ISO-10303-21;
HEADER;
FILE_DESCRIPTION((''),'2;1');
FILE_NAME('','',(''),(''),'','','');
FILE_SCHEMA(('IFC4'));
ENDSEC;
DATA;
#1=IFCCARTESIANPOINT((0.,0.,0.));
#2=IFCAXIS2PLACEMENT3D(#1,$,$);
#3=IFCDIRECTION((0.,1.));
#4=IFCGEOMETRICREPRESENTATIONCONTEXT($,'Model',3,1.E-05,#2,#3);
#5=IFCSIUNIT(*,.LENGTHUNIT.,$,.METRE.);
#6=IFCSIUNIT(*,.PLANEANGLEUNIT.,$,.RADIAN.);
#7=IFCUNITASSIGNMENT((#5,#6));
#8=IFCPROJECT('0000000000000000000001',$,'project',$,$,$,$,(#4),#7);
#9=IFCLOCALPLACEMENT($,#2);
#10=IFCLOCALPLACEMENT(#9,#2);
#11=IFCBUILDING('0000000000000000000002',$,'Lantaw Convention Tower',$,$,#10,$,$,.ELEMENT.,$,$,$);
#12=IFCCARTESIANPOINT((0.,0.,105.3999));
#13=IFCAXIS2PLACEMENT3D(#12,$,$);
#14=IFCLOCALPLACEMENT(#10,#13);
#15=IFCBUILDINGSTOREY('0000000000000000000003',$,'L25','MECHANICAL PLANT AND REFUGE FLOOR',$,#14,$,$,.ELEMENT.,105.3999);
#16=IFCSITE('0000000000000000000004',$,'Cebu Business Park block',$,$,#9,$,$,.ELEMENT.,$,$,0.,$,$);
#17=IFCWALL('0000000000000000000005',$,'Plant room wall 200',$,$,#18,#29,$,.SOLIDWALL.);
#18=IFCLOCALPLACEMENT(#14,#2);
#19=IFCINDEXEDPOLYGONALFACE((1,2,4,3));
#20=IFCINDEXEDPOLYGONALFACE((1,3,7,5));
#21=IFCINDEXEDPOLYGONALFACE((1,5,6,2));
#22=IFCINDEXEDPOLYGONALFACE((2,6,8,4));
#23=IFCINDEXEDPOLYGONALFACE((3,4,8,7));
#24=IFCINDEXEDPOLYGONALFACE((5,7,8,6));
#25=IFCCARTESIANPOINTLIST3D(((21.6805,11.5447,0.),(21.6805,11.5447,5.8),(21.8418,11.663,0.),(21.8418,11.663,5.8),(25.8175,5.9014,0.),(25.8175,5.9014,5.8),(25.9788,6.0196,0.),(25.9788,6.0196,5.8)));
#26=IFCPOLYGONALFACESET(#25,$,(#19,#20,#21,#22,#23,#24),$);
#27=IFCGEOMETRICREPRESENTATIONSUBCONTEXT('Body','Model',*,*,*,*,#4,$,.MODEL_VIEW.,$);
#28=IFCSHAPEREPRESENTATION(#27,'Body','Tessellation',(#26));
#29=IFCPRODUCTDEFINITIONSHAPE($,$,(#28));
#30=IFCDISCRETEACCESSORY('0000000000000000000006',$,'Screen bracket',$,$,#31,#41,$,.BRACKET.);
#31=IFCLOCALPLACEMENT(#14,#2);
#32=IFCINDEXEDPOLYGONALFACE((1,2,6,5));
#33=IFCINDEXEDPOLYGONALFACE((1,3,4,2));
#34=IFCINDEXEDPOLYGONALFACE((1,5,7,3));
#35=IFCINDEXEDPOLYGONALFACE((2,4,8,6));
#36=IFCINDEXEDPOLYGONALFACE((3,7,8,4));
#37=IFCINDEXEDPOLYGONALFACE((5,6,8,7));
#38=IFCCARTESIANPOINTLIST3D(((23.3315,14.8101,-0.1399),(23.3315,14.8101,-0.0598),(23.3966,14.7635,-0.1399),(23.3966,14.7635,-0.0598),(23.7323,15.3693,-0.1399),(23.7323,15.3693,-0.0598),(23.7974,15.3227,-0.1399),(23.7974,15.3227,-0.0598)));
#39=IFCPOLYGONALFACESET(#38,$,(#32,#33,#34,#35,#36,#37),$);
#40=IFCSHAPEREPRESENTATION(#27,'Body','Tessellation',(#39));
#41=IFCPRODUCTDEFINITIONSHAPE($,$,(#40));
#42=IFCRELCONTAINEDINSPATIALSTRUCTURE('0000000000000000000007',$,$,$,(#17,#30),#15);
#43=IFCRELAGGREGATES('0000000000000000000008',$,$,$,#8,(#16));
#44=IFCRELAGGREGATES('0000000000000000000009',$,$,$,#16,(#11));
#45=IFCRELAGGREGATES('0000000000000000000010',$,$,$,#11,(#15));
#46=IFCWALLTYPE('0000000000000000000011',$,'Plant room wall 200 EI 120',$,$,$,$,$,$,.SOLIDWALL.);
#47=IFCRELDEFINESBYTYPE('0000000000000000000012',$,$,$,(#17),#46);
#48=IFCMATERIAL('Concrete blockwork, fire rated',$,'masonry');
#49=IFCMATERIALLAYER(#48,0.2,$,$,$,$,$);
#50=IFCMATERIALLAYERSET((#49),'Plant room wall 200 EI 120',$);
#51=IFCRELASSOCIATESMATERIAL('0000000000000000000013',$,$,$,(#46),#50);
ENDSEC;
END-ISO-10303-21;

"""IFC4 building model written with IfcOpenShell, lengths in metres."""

from ifc_helpers import new_model, si_unit, direction, frame, frame_2d, origin, origin_2d, place, context, subcontext, project, spatial, rectangle, extrude, material, layer, layer_set, type_object, element, save


model = new_model("IFC4")

# Units and contexts
model_context = context("Model", 3, precision=1e-05, world=origin(), true_north=direction((0.0, 1.0)))
body_context = subcontext(model_context, "Body", "Model", "MODEL_VIEW")
ifc_project = project(units=[si_unit("LENGTHUNIT", "METRE"), si_unit("PLANEANGLEUNIT", "RADIAN")], contexts=[model_context])

# Site, building, storey
site_placement = place(None, origin())
site = spatial("IfcSite", under=ifc_project, at=site_placement, Name="Cebu Business Park block", CompositionType="ELEMENT", RefElevation=0.0)
building_placement = place(site_placement, origin())
building = spatial("IfcBuilding", under=site, at=building_placement, Name="Lantaw Convention Tower", CompositionType="ELEMENT")
storey_placement = place(building_placement, frame((0.0, 0.0, 105.3999)))
storey = spatial("IfcBuildingStorey", under=building, at=storey_placement, Name="L25", Description="MECHANICAL PLANT AND REFUGE FLOOR", CompositionType="ELEMENT", Elevation=105.3999)

# Wall
ifc_material_1 = material(Name="Concrete blockwork, fire rated", Category="masonry")
ifc_layer_1 = layer(ifc_material_1, 0.2)
ifc_layer_set_1 = layer_set([ifc_layer_1], Name="Plant room wall 200 EI 120")
wall_type = type_object("IfcWallType", Name="Plant room wall 200 EI 120", PredefinedType="SOLIDWALL", material=ifc_layer_set_1)
wall_placement = place(storey_placement, frame((21.7612, 11.6038, 0.0), z_axis=(0.0, 0.0, 1.0), x_axis=(0.591228, -0.806505, 0.0)))
element("IfcWall", 1, at=wall_placement, inside=storey, type_object=wall_type, Name="Plant room wall 200", PredefinedType="SOLIDWALL", context=body_context, shape_type="SweptSolid", body=[
    extrude(rectangle(XDim=6.9973, YDim=0.2, at=frame_2d((3.4985, 0.0))), origin(), (0.0, 0.0, 1.0), 5.8),
])

# Discrete accessory
discrete_accessory_placement = place(storey_placement, frame((23.5645, 15.0664, -0.1399), z_axis=(0.0, 0.0, 1.0), x_axis=(-0.812804, 0.582538, 0.0)))
element("IfcDiscreteAccessory", 2, at=discrete_accessory_placement, inside=storey, Name="Screen bracket", PredefinedType="BRACKET", context=body_context, shape_type="SweptSolid", body=[
    extrude(rectangle(XDim=0.0801, YDim=0.688, at=origin_2d()), origin(), (0.0, 0.0, 1.0), 0.0801),
])

save(model, "model.ifc")
